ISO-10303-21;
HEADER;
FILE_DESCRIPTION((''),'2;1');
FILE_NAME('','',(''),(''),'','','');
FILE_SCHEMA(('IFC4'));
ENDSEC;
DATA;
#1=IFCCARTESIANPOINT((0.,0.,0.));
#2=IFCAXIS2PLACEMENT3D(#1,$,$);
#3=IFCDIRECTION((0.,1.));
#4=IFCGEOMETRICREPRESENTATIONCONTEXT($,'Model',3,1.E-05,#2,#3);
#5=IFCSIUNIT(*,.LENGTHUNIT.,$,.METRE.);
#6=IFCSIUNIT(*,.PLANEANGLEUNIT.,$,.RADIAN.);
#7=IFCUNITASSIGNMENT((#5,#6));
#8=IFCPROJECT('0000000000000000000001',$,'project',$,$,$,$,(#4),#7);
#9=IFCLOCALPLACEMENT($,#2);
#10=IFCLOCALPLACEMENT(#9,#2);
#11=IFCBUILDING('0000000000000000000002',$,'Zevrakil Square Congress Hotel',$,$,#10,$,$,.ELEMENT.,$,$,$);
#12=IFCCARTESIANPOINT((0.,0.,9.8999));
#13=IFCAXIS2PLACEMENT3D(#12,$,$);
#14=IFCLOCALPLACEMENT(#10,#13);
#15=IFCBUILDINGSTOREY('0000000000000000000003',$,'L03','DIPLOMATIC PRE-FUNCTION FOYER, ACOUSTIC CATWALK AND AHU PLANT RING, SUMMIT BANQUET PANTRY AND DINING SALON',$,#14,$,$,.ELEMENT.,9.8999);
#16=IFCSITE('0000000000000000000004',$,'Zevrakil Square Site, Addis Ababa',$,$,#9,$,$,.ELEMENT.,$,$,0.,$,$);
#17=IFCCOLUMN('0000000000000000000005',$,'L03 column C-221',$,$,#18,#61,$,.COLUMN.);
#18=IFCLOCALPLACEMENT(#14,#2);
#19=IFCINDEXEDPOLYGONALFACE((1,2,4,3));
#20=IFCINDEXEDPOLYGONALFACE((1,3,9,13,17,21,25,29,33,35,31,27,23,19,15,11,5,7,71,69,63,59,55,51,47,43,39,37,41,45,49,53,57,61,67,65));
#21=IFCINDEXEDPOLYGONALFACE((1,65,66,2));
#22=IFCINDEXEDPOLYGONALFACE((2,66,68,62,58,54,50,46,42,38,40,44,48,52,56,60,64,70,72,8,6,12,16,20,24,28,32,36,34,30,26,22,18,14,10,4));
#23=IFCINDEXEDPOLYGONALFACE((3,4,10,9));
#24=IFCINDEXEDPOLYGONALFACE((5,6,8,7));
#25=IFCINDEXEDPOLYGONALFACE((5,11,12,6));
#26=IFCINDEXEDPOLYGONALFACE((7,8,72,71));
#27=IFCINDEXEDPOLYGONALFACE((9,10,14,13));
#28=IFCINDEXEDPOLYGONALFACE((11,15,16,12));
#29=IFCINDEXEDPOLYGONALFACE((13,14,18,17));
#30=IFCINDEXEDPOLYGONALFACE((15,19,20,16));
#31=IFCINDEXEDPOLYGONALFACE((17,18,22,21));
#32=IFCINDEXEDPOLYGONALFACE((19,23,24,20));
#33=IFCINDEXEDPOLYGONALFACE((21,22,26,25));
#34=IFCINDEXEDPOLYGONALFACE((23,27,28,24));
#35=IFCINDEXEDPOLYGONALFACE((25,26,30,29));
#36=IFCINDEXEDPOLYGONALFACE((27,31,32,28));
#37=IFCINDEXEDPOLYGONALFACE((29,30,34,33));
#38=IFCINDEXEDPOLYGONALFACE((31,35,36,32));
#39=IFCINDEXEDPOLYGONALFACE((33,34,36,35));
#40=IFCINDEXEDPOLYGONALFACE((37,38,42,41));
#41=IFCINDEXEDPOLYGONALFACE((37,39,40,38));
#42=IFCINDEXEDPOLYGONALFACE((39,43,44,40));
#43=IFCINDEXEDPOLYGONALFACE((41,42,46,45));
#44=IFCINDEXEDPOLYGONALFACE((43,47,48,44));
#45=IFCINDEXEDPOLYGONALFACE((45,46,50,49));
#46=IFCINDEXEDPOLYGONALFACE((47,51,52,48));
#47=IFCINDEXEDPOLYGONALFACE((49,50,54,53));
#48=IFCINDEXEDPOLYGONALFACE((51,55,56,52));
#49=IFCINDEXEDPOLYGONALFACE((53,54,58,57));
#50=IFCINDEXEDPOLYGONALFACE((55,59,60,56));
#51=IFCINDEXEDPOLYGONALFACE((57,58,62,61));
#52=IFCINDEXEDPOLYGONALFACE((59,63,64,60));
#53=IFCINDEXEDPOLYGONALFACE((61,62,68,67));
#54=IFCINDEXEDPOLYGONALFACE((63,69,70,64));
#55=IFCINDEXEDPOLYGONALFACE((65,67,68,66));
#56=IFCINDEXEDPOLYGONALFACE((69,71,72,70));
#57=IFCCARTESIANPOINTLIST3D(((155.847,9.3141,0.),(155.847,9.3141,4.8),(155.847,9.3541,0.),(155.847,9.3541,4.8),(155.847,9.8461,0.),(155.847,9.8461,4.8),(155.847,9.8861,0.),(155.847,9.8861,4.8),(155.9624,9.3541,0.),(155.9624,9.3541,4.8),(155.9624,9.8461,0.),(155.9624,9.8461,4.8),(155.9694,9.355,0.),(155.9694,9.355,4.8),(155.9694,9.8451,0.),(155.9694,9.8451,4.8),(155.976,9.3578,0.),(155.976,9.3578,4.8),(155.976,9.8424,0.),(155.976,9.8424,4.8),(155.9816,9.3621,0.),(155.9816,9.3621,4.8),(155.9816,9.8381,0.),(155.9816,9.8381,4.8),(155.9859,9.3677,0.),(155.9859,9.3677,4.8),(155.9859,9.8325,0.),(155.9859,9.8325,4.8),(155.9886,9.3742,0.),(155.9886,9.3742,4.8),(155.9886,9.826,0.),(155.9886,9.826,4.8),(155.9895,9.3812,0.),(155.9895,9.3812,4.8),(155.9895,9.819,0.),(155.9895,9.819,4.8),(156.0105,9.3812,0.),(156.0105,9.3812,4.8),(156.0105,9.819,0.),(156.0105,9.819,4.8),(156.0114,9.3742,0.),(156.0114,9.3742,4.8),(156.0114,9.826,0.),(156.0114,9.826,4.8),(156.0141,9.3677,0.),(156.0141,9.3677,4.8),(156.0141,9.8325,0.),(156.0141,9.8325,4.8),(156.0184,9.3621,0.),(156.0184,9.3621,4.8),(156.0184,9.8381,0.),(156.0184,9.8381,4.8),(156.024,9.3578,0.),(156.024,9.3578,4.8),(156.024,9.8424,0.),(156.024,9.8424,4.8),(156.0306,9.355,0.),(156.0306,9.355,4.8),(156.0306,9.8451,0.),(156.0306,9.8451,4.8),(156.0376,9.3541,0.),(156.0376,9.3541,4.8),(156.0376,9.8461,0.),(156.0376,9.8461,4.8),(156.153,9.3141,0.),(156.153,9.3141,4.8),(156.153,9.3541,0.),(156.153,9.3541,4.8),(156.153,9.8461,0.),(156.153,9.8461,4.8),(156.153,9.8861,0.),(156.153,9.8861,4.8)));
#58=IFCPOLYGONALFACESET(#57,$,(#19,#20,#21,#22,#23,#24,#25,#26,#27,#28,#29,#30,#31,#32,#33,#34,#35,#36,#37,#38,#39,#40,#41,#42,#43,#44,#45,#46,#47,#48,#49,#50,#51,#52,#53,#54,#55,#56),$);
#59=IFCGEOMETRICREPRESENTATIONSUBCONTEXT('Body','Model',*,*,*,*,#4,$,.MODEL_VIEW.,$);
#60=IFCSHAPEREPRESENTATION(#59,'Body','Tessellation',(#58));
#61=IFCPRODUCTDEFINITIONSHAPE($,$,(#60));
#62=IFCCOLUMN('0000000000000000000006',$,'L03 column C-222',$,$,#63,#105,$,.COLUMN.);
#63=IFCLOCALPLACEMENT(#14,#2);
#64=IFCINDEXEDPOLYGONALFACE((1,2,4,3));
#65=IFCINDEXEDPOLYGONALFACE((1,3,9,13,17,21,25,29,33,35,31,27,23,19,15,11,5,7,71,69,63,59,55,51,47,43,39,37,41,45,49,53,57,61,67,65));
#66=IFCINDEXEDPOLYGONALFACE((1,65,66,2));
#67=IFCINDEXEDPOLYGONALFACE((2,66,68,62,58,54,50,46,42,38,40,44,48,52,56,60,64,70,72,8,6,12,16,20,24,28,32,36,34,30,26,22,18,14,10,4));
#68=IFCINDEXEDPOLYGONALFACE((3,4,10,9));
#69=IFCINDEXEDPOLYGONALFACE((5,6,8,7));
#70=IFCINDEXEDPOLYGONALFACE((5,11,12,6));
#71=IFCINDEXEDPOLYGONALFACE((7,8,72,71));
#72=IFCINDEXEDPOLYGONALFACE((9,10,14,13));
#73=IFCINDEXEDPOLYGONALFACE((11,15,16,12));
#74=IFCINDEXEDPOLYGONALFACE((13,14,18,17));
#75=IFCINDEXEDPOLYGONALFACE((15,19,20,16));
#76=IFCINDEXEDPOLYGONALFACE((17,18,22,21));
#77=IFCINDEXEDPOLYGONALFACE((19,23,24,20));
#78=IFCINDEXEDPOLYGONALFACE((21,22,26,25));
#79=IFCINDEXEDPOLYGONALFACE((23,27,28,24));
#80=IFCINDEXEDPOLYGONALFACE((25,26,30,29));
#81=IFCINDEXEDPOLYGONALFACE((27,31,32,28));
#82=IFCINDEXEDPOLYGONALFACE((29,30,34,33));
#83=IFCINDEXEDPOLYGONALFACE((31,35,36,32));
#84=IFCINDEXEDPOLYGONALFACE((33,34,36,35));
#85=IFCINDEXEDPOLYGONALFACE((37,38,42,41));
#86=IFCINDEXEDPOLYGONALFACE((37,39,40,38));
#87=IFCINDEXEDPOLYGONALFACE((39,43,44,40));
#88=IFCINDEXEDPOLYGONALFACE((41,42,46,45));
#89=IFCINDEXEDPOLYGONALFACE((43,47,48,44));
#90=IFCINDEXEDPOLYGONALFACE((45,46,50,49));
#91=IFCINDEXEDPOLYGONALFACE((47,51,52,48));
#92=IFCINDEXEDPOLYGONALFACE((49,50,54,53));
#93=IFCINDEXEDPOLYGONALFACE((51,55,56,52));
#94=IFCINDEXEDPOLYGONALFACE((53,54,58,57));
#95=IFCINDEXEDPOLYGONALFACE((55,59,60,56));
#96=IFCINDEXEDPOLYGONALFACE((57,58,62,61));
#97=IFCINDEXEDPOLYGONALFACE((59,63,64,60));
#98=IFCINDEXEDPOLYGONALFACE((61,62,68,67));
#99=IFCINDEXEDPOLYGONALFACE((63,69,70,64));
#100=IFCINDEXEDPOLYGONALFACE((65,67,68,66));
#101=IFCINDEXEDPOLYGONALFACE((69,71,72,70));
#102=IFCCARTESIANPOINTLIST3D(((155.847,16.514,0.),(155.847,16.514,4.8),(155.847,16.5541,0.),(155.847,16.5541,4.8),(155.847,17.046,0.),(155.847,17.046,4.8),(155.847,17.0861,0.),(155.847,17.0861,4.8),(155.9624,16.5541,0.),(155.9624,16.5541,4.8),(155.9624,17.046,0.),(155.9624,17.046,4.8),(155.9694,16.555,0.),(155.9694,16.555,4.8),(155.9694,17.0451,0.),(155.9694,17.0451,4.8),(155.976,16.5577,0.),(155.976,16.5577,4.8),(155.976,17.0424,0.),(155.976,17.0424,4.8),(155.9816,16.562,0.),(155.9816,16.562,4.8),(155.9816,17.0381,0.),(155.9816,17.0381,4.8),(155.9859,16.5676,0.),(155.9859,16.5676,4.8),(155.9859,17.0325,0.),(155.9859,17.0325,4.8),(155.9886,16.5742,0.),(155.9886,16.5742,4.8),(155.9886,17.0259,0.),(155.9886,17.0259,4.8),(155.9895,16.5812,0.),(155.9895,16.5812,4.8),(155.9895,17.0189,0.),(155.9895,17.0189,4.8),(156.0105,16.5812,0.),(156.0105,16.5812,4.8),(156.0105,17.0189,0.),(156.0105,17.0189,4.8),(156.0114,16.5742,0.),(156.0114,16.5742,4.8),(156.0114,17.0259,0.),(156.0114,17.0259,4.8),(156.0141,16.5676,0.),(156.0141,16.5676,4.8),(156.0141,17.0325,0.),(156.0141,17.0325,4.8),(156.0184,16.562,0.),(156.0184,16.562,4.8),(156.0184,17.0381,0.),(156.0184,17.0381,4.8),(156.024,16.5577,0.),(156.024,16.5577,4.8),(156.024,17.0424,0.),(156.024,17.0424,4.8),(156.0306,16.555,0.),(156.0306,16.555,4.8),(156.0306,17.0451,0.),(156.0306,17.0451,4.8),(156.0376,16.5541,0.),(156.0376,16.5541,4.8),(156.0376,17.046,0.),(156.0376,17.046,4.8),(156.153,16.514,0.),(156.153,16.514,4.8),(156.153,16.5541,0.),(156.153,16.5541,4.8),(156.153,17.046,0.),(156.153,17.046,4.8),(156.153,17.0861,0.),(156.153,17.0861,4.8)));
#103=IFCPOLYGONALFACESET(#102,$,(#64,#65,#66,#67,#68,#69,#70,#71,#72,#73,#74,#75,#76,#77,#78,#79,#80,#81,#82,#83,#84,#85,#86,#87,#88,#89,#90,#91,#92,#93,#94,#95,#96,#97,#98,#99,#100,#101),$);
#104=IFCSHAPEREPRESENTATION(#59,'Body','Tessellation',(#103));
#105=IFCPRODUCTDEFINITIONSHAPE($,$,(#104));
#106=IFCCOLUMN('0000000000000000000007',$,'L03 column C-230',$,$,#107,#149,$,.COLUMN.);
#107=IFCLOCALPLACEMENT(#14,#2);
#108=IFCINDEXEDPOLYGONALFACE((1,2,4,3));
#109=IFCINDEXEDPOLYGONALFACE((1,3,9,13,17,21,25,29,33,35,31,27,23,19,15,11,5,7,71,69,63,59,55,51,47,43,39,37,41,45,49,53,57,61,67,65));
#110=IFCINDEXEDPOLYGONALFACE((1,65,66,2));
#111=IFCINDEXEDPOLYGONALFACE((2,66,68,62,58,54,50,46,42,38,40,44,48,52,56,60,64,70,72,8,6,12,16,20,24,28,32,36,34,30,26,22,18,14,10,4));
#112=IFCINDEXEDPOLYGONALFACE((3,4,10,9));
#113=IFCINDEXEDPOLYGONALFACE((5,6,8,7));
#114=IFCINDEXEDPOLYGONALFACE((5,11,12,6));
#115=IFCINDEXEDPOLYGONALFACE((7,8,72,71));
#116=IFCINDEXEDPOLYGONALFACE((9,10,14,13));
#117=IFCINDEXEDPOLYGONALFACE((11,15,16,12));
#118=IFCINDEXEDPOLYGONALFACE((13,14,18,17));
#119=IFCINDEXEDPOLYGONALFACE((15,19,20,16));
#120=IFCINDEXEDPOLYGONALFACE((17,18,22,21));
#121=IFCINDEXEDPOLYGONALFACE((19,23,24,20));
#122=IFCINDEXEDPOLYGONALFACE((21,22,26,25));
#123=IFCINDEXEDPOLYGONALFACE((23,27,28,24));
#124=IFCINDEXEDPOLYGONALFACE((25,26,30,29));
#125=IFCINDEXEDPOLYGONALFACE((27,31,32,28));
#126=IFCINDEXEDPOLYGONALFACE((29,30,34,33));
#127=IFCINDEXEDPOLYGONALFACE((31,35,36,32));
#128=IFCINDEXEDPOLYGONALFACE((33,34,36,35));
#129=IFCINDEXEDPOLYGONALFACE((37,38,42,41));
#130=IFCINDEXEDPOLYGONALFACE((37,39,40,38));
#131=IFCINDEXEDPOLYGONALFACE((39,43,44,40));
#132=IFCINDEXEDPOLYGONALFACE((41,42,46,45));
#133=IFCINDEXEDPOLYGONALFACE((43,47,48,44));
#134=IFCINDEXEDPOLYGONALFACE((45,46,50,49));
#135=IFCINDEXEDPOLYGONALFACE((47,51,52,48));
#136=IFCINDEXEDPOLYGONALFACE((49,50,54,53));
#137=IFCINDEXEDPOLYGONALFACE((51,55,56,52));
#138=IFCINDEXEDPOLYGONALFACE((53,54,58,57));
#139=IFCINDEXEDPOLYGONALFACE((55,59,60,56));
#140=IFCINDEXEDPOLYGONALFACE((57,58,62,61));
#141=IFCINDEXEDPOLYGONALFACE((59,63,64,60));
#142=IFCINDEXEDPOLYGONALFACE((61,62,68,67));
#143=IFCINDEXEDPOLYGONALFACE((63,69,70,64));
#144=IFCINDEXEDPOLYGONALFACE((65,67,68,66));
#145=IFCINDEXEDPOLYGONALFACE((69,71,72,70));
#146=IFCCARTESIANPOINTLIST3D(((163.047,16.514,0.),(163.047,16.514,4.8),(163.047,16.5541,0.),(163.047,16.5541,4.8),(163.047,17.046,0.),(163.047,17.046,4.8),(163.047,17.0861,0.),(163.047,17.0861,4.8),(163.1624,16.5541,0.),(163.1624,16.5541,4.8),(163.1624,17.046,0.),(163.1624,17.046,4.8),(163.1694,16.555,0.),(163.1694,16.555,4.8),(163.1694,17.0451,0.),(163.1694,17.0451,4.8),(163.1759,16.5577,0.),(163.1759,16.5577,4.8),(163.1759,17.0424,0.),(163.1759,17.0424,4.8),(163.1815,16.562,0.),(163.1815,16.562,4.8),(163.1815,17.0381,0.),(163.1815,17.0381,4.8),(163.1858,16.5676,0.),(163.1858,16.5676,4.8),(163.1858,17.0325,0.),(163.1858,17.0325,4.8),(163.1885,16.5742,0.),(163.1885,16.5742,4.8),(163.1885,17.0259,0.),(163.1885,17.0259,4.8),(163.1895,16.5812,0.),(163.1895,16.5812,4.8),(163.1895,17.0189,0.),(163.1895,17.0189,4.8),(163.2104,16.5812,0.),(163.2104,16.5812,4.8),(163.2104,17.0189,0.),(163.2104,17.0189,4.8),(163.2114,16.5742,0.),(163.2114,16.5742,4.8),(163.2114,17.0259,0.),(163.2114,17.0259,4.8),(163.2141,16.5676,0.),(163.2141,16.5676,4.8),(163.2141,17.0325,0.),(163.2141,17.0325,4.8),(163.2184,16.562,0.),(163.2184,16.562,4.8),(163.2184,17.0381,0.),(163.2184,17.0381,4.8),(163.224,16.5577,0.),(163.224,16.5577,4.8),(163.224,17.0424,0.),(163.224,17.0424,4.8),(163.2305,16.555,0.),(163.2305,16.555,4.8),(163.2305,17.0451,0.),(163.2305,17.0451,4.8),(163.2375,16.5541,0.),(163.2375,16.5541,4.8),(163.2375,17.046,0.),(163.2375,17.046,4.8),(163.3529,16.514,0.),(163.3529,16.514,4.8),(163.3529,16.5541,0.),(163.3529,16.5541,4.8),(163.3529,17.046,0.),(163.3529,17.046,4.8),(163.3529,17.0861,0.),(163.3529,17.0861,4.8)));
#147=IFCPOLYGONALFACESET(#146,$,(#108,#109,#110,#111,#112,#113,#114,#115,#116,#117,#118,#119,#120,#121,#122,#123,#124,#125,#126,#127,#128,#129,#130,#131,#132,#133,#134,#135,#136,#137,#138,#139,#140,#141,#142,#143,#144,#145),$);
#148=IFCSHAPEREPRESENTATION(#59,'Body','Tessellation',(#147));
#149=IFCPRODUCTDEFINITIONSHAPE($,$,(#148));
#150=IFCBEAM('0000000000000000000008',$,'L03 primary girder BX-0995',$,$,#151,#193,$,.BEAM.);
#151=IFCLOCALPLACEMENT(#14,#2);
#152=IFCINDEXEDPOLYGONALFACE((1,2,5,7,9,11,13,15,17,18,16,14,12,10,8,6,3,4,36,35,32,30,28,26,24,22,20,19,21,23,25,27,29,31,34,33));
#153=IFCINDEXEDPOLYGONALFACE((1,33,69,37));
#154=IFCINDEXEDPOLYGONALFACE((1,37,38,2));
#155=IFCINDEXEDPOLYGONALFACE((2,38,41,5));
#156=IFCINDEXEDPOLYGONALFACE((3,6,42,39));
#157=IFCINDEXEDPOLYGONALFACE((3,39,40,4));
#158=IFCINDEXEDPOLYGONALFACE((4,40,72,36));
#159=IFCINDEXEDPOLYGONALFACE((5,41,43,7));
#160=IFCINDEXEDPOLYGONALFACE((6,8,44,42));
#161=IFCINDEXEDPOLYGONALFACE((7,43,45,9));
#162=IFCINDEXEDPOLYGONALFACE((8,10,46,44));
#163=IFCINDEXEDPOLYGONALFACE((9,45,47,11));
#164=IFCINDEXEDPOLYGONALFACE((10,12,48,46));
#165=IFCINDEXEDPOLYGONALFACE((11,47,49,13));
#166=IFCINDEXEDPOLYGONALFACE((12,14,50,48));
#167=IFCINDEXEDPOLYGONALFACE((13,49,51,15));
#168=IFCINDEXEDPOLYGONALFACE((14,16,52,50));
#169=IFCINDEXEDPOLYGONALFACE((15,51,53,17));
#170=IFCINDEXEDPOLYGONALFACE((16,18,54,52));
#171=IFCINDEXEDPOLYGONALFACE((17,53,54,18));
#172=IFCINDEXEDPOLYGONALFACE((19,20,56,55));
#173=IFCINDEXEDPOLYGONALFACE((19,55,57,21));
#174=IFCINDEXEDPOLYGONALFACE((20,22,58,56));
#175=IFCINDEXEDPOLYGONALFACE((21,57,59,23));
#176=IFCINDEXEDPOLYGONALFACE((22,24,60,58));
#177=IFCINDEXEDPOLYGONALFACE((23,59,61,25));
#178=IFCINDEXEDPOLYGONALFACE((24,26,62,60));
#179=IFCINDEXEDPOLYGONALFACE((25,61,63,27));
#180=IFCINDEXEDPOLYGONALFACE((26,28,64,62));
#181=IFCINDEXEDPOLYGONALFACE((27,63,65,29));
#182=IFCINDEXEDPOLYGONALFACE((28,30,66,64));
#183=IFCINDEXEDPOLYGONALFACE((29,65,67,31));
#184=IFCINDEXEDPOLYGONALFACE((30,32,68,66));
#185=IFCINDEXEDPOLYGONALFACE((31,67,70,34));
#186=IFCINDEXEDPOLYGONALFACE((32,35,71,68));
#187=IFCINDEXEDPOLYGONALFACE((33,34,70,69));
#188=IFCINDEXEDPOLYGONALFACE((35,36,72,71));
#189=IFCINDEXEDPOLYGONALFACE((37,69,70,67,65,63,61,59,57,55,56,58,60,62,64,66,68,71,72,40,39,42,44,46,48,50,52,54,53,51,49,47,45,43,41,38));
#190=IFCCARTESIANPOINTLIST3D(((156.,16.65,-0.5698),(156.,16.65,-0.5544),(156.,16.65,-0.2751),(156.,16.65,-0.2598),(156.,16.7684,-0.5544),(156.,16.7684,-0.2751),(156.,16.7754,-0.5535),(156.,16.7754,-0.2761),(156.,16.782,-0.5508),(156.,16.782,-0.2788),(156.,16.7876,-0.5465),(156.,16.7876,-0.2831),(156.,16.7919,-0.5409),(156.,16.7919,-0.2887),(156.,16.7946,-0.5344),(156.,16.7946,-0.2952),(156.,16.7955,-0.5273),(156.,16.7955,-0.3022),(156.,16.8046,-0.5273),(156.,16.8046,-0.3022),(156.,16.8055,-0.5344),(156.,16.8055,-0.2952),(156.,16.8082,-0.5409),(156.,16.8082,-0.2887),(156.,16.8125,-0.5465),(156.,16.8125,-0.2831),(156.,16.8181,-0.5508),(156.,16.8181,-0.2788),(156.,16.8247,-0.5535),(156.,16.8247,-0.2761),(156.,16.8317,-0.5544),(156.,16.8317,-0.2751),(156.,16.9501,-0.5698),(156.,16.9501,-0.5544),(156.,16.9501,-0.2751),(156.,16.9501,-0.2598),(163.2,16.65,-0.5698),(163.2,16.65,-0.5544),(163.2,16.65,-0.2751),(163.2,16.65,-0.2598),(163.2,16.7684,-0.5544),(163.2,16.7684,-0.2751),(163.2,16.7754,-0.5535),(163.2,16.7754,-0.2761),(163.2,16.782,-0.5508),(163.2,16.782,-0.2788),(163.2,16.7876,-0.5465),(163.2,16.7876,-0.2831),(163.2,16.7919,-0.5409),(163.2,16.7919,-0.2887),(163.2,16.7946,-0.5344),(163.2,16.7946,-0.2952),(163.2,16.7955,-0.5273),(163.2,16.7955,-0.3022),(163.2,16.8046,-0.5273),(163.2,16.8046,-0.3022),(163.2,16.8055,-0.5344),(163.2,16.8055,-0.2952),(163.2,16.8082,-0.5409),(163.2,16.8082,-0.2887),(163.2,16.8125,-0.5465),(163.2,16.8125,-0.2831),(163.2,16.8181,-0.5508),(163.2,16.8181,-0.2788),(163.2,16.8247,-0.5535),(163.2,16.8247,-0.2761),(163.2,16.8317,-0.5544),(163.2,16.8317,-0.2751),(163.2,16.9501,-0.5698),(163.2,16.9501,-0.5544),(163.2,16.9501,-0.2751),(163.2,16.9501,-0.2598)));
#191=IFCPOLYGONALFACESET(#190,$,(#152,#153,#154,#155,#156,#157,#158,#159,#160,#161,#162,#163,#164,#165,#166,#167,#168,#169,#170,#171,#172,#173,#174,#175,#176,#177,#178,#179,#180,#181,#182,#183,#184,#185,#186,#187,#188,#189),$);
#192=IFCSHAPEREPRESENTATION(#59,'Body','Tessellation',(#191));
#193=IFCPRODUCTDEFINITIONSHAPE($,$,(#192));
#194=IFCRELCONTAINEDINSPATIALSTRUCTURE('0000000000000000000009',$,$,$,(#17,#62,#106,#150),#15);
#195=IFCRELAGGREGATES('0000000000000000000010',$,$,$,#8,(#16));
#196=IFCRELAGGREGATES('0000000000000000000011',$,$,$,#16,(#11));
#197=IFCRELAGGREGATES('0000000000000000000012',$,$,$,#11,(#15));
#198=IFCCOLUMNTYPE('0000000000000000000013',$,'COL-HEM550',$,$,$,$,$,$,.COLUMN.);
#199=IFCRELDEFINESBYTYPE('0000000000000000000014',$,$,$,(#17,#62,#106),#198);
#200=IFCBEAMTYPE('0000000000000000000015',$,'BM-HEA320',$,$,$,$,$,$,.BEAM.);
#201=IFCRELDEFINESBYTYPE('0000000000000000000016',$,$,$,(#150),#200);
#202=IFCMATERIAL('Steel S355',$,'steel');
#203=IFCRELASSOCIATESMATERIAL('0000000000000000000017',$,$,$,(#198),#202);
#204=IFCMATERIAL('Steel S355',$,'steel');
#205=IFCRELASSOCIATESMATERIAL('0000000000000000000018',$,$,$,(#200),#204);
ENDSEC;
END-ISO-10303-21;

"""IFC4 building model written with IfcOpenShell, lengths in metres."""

from ifc_helpers import new_model, si_unit, direction, frame, origin, origin_2d, place, context, subcontext, project, spatial, i_section, extrude, material, material_profile, profile_set, type_object, element, save


model = new_model("IFC4")

# Units and contexts
model_context = context("Model", 3, precision=1e-05, world=origin(), true_north=direction((0.0, 1.0)))
body_context = subcontext(model_context, "Body", "Model", "MODEL_VIEW")
ifc_project = project(units=[si_unit("LENGTHUNIT", "METRE"), si_unit("PLANEANGLEUNIT", "RADIAN")], contexts=[model_context])

# Site, building, storey
site_placement = place(None, origin())
site = spatial("IfcSite", under=ifc_project, at=site_placement, Name="Zevrakil Square Site, Addis Ababa", CompositionType="ELEMENT", RefElevation=0.0)
building_placement = place(site_placement, origin())
building = spatial("IfcBuilding", under=site, at=building_placement, Name="Zevrakil Square Congress Hotel", CompositionType="ELEMENT")
storey_placement = place(building_placement, frame((0.0, 0.0, 9.8999)))
storey = spatial("IfcBuildingStorey", under=building, at=storey_placement, Name="L03", Description="DIPLOMATIC PRE-FUNCTION FOYER, ACOUSTIC CATWALK AND AHU PLANT RING, SUMMIT BANQUET PANTRY AND DINING SALON", CompositionType="ELEMENT", Elevation=9.8999)

# Columns
ifc_material_1 = material(Name="Steel S355", Category="steel")
ifc_material_profile_1 = material_profile(ifc_material_1, i_section(OverallWidth=0.3059, OverallDepth=0.572, WebThickness=0.021, FlangeThickness=0.04, FilletRadius=0.0271, at=origin_2d()), Name="HEM 550")
ifc_profile_set_1 = profile_set([ifc_material_profile_1], Name="Steel S355")
column_type = type_object("IfcColumnType", Name="COL-HEM550", PredefinedType="COLUMN", material=ifc_profile_set_1)
for number, where, z_axis, x_axis, name in (
    (1, (156.0, 9.6001, 0.0), (0.0, 0.0, 1.0), (1.0, 0.0, 0.0), "L03 column C-221"),
    (2, (156.0, 16.8, 0.0), (0.0, 0.0, 1.0), (1.0, 0.0, 0.0), "L03 column C-222"),
    (3, (163.2, 16.8, 0.0), (0.0, 0.0, 1.0), (1.0, 0.0, 0.0), "L03 column C-230"),
):
    element("IfcColumn", number, at=place(storey_placement, frame(where, z_axis=z_axis, x_axis=x_axis)), inside=storey, type_object=column_type, Name=name, PredefinedType="COLUMN", context=body_context, shape_type="SweptSolid", body=[
        extrude(i_section(OverallWidth=0.3059, OverallDepth=0.572, WebThickness=0.021, FlangeThickness=0.04, FilletRadius=0.0271, at=origin_2d()), origin(), (0.0, 0.0, 1.0), 4.8),
    ])

# Beam
ifc_material_2 = material(Name="Steel S355", Category="steel")
ifc_material_profile_2 = material_profile(ifc_material_2, i_section(OverallWidth=0.3, OverallDepth=0.3101, WebThickness=0.009, FlangeThickness=0.0154, FilletRadius=0.0271, at=origin_2d()), Name="HEA 320")
ifc_profile_set_2 = profile_set([ifc_material_profile_2], Name="Steel S355")
beam_type_1 = type_object("IfcBeamType", Name="BM-HEA320", PredefinedType="BEAM", material=ifc_profile_set_2)
beam_1_placement = place(storey_placement, frame((156.0, 16.8, -0.4148), z_axis=(1.0, 0.0, 0.0), x_axis=(0.0, 1.0, 0.0)))
element("IfcBeam", 4, at=beam_1_placement, inside=storey, type_object=beam_type_1, Name="L03 primary girder BX-0995", PredefinedType="BEAM", context=body_context, shape_type="SweptSolid", body=[
    extrude(i_section(OverallWidth=0.3, OverallDepth=0.3101, WebThickness=0.009, FlangeThickness=0.0154, FilletRadius=0.0271, at=origin_2d()), origin(), (0.0, 0.0, 1.0), 7.2),
])

save(model, "model.ifc")
